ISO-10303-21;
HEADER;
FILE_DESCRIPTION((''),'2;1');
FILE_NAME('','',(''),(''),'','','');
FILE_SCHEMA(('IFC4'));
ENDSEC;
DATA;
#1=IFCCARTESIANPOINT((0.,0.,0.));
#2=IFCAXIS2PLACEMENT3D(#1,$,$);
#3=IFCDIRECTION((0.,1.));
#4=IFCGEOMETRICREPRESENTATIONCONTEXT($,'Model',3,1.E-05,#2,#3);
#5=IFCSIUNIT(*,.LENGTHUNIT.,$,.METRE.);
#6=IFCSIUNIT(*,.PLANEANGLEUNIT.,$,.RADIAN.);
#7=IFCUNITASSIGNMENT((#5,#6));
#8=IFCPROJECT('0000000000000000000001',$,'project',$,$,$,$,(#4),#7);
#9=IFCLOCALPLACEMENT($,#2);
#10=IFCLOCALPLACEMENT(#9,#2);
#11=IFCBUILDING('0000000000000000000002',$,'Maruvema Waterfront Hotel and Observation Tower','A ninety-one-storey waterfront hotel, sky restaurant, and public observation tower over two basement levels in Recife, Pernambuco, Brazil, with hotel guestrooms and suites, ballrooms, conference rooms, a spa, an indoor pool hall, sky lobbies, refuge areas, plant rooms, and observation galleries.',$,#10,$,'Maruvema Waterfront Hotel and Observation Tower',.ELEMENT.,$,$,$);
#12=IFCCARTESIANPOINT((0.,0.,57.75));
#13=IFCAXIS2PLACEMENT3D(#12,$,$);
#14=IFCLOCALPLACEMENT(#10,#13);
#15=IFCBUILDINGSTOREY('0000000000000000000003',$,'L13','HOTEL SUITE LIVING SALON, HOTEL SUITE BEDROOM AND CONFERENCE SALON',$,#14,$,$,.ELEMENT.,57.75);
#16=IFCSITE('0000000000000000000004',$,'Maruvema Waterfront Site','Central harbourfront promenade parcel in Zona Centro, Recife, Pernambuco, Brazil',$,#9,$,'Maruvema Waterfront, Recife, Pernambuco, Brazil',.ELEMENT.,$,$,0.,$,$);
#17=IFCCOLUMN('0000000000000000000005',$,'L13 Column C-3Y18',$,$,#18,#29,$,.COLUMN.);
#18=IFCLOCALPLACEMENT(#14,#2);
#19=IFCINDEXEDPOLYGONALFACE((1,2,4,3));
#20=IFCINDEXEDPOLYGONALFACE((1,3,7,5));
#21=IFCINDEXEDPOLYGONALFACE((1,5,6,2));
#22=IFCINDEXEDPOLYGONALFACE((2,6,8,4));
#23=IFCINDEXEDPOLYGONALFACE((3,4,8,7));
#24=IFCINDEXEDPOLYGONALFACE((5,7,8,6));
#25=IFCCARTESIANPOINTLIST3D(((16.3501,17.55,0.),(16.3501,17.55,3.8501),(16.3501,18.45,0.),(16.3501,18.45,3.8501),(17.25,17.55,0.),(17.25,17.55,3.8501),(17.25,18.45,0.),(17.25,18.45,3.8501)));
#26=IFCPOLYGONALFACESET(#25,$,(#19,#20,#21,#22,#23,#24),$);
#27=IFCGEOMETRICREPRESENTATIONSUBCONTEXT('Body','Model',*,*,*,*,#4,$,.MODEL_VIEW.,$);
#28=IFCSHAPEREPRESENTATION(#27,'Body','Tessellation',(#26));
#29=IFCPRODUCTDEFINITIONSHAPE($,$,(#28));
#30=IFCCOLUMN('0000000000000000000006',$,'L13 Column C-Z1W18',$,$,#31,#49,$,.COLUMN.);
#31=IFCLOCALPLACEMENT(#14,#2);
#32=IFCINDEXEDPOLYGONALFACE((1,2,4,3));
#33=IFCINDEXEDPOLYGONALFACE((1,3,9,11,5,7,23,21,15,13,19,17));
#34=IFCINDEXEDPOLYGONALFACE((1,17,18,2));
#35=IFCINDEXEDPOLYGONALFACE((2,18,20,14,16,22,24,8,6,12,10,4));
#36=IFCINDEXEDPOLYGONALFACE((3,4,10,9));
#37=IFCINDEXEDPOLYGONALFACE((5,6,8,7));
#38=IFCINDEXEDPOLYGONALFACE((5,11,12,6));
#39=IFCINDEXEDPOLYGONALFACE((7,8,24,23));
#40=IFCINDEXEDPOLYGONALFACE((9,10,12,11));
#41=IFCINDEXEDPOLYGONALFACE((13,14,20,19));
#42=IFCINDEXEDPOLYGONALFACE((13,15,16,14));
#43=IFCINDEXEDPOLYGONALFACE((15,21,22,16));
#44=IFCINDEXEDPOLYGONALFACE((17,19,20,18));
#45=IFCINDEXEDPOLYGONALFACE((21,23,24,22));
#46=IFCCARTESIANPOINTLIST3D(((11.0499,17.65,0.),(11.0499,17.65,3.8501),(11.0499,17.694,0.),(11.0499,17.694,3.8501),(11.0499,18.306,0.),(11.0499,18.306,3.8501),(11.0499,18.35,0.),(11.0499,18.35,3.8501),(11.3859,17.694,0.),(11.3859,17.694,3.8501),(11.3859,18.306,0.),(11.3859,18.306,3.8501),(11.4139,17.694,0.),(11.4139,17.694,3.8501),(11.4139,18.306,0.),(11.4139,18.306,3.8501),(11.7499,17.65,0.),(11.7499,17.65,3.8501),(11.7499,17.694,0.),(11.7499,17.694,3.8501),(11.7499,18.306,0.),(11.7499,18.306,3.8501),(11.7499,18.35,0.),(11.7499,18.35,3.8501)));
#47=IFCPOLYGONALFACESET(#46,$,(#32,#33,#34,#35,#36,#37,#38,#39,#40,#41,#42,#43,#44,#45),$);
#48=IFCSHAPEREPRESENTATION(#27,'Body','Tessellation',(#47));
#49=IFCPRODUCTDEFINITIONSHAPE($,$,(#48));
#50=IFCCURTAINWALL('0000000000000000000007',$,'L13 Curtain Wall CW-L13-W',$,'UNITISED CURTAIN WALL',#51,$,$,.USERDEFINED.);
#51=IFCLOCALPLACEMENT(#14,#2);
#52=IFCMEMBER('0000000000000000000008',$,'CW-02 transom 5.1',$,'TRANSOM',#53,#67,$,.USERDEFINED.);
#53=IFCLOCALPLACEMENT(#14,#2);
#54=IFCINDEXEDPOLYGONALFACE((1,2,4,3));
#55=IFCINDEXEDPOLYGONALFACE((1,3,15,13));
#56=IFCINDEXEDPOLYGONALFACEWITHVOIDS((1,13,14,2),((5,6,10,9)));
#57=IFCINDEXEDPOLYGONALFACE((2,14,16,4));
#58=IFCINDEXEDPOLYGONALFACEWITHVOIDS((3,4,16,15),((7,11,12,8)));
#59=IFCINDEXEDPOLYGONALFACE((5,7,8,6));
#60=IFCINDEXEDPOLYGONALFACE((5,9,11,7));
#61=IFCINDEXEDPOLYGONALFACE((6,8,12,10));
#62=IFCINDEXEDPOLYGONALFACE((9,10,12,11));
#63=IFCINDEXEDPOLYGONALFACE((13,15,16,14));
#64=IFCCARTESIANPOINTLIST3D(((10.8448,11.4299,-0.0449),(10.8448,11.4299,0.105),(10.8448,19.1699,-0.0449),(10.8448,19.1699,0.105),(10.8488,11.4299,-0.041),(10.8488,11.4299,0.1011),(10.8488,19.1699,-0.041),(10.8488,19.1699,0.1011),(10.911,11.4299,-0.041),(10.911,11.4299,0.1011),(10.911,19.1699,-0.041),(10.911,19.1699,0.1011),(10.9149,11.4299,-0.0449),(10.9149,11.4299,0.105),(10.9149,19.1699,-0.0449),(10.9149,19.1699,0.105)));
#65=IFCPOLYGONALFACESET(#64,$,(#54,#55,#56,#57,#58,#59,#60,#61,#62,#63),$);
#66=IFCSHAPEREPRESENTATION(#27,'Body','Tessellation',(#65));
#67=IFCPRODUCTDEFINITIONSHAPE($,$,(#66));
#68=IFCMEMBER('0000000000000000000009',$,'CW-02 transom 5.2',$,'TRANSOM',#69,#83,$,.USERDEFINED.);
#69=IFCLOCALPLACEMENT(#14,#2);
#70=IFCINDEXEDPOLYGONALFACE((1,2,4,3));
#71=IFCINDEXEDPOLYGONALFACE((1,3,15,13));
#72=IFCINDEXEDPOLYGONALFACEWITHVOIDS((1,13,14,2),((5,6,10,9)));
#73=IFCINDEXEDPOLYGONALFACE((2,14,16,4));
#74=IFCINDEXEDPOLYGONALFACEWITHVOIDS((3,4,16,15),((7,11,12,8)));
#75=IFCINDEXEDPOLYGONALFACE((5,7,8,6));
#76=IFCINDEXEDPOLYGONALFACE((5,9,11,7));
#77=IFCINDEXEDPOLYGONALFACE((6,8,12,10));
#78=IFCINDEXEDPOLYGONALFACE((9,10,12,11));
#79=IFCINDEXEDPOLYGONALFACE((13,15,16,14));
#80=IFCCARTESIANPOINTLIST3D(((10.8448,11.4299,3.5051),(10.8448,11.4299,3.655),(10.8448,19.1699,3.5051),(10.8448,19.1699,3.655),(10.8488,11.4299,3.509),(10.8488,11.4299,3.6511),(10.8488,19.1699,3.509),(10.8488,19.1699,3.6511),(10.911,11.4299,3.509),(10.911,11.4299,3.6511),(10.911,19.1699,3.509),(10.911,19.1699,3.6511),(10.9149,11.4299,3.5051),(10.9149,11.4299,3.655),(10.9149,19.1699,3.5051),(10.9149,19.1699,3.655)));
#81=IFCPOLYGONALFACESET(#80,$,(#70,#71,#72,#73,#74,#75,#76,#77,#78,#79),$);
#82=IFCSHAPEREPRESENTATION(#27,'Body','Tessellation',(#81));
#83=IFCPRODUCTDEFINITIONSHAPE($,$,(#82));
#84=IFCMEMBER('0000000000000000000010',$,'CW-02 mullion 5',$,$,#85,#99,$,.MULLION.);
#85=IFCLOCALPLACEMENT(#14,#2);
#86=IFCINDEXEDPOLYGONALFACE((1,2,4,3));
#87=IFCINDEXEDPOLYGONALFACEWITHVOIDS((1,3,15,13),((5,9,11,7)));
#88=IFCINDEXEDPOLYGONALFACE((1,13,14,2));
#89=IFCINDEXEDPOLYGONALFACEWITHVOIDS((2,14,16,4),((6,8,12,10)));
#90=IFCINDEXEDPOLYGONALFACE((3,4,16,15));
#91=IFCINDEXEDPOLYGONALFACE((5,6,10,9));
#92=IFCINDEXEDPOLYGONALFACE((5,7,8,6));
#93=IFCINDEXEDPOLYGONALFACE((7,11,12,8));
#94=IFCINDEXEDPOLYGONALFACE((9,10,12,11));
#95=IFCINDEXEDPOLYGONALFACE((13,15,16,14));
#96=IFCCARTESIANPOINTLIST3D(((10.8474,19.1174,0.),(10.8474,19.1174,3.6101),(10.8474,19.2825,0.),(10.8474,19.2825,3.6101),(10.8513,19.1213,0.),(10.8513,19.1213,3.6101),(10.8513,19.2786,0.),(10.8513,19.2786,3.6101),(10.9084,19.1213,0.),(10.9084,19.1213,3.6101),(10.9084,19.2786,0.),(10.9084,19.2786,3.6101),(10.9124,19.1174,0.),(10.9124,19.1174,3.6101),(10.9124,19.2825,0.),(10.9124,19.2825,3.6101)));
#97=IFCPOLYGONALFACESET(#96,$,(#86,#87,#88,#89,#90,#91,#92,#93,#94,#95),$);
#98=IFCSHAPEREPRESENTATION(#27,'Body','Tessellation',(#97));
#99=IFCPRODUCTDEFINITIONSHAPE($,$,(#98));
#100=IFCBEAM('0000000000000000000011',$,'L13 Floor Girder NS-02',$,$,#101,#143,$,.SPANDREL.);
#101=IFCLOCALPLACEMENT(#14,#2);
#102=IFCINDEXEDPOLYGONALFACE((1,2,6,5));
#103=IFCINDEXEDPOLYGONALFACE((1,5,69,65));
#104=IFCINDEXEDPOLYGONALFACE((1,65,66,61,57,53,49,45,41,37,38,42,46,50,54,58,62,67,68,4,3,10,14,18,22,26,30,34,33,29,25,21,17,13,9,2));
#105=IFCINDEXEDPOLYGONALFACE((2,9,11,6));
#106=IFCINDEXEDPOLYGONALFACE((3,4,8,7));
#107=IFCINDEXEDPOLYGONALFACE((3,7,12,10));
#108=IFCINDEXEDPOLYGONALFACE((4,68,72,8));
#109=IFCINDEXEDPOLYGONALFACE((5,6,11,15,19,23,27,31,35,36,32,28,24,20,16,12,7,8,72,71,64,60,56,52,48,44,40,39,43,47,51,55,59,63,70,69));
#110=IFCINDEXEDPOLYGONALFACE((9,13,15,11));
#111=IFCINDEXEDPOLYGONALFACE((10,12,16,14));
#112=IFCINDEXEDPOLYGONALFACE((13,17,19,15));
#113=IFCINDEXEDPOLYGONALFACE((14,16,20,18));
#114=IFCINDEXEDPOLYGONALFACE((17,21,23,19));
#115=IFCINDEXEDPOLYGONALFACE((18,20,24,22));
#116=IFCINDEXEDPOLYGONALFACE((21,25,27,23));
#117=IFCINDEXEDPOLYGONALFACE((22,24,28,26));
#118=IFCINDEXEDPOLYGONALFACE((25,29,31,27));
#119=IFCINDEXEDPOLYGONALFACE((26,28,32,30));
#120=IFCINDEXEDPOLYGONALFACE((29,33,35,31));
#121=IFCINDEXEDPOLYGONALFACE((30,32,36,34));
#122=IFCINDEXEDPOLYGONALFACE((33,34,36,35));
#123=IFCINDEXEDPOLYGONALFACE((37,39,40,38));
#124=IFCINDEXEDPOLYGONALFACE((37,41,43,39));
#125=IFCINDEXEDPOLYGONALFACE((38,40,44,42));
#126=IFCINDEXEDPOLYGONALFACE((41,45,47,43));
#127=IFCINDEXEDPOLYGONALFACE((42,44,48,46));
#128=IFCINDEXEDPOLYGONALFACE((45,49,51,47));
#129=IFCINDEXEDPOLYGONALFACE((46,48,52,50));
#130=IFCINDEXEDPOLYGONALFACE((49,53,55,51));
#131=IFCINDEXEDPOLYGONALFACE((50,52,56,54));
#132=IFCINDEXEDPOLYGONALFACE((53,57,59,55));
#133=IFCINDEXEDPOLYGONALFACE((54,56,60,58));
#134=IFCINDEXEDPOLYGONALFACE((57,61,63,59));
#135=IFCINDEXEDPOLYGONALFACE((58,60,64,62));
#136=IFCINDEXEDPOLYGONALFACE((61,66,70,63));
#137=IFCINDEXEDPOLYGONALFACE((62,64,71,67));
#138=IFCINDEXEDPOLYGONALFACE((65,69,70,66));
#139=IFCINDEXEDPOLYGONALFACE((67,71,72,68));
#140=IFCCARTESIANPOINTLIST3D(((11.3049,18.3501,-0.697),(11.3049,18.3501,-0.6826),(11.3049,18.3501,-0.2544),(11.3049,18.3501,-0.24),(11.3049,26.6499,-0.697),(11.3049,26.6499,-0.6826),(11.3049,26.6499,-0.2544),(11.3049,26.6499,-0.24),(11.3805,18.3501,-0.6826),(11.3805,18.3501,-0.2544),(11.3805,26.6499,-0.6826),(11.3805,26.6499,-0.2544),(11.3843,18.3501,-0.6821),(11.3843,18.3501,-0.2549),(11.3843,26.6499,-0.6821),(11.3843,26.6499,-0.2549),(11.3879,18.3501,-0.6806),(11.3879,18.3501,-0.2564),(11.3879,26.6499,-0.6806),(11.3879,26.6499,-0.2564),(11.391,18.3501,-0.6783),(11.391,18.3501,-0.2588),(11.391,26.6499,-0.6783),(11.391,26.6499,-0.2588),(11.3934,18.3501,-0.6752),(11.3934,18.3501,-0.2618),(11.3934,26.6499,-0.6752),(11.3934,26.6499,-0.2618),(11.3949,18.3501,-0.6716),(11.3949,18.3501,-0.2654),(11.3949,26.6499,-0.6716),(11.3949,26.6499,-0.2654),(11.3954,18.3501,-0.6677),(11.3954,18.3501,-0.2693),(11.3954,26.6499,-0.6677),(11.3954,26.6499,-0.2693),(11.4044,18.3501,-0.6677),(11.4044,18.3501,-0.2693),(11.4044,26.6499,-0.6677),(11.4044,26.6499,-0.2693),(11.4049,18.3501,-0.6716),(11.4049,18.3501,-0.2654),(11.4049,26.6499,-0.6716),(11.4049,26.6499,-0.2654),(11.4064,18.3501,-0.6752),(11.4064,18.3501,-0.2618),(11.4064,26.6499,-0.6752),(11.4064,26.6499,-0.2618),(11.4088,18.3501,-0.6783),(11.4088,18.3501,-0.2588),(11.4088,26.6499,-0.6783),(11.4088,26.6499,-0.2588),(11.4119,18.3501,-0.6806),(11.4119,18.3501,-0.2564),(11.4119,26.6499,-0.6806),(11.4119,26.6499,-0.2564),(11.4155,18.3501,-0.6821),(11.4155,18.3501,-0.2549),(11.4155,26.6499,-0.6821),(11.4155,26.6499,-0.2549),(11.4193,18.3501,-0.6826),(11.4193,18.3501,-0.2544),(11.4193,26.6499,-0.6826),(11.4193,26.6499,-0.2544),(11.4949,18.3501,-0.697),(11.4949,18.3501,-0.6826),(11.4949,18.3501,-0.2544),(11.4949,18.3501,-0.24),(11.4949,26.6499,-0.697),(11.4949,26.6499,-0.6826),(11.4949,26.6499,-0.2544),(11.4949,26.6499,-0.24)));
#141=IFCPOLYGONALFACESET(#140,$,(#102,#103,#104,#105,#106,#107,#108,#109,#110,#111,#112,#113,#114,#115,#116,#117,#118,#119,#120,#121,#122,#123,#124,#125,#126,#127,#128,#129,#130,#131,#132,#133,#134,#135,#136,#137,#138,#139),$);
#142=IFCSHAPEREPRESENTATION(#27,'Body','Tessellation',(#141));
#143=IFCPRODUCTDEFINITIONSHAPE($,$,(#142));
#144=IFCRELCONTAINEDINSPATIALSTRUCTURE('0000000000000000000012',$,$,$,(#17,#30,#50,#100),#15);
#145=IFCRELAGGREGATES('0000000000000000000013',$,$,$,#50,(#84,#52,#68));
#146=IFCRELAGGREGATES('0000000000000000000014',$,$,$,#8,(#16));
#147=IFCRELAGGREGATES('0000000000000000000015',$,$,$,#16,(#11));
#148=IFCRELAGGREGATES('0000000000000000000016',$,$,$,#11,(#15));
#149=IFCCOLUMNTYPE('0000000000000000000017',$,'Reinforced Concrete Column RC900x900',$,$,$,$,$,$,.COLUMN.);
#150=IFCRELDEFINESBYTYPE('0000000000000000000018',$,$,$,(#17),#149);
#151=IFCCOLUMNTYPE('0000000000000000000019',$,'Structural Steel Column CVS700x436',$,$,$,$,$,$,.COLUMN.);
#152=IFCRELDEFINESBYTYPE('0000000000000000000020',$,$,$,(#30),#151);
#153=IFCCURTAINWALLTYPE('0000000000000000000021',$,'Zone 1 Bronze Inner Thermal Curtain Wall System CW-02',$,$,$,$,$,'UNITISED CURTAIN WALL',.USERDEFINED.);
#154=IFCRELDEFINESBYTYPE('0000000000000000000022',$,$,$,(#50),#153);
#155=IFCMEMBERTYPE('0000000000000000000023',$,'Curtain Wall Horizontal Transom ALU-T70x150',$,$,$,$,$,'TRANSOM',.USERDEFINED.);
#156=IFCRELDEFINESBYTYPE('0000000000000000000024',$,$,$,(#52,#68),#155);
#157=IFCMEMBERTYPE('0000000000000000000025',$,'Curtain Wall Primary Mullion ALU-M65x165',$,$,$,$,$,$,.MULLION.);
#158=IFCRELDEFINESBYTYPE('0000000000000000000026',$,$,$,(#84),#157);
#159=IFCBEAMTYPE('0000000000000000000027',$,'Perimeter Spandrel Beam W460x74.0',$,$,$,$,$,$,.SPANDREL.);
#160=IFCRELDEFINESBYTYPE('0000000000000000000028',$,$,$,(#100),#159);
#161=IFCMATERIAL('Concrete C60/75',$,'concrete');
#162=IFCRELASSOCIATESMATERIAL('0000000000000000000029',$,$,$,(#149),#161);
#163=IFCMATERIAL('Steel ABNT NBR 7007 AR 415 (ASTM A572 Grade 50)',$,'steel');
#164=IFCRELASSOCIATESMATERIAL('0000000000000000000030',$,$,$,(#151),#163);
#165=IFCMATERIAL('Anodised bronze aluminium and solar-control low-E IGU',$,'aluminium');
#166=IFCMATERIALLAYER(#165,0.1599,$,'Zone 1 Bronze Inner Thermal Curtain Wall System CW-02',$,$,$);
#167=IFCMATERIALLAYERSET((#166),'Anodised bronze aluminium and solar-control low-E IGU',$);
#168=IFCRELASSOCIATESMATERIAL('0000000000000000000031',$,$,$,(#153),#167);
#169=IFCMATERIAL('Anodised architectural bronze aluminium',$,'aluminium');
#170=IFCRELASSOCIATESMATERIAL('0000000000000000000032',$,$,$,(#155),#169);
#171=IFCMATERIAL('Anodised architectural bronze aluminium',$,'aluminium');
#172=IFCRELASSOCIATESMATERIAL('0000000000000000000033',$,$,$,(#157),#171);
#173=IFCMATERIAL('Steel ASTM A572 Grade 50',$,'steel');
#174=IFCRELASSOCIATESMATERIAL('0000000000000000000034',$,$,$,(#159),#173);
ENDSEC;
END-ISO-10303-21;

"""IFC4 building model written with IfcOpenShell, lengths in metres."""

from ifc_helpers import new_model, si_unit, direction, frame, origin, origin_2d, place, context, subcontext, project, spatial, rectangle, hollow_rectangle, i_section, extrude, material, layer, layer_set, material_profile, profile_set, type_object, element, aggregate, save


model = new_model("IFC4")

# Units and contexts
model_context = context("Model", 3, precision=1e-05, world=origin(), true_north=direction((0.0, 1.0)))
body_context = subcontext(model_context, "Body", "Model", "MODEL_VIEW")
ifc_project = project(units=[si_unit("LENGTHUNIT", "METRE"), si_unit("PLANEANGLEUNIT", "RADIAN")], contexts=[model_context])

# Site, building, storey
site_placement = place(None, origin())
site = spatial("IfcSite", under=ifc_project, at=site_placement, Name="Maruvema Waterfront Site", Description="Central harbourfront promenade parcel in Zona Centro, Recife, Pernambuco, Brazil", LongName="Maruvema Waterfront, Recife, Pernambuco, Brazil", CompositionType="ELEMENT", RefElevation=0.0)
building_placement = place(site_placement, origin())
building = spatial("IfcBuilding", under=site, at=building_placement, Name="Maruvema Waterfront Hotel and Observation Tower", Description="A ninety-one-storey waterfront hotel, sky restaurant, and public observation tower over two basement levels in Recife, Pernambuco, Brazil, with hotel guestrooms and suites, ballrooms, conference rooms, a spa, an indoor pool hall, sky lobbies, refuge areas, plant rooms, and observation galleries.", LongName="Maruvema Waterfront Hotel and Observation Tower", CompositionType="ELEMENT")
storey_placement = place(building_placement, frame((0.0, 0.0, 57.75)))
storey = spatial("IfcBuildingStorey", under=building, at=storey_placement, Name="L13", Description="HOTEL SUITE LIVING SALON, HOTEL SUITE BEDROOM AND CONFERENCE SALON", CompositionType="ELEMENT", Elevation=57.75)

# Columns
ifc_material_1 = material(Name="Concrete C60/75", Category="concrete")
ifc_material_profile_1 = material_profile(ifc_material_1, rectangle(XDim=0.8999, YDim=0.8999, at=origin_2d()), Name="RC900x900")
ifc_profile_set_1 = profile_set([ifc_material_profile_1], Name="Concrete C60/75")
column_type_1 = type_object("IfcColumnType", Name="Reinforced Concrete Column RC900x900", PredefinedType="COLUMN", material=ifc_profile_set_1)
column_1_placement = place(storey_placement, frame((16.8, 18.0, 0.0), z_axis=(0.0, 0.0, 1.0), x_axis=(1.0, 0.0, 0.0)))
element("IfcColumn", 1, at=column_1_placement, inside=storey, type_object=column_type_1, Name="L13 Column C-3Y18", PredefinedType="COLUMN", context=body_context, shape_type="SweptSolid", body=[
    extrude(rectangle(XDim=0.8999, YDim=0.8999, at=origin_2d()), origin(), (0.0, 0.0, 1.0), 3.8501),
])
ifc_material_2 = material(Name="Steel ABNT NBR 7007 AR 415 (ASTM A572 Grade 50)", Category="steel")
ifc_material_profile_2 = material_profile(ifc_material_2, i_section(OverallWidth=0.7, OverallDepth=0.7, WebThickness=0.0281, FlangeThickness=0.0439, at=origin_2d()), Name="CVS700x436")
ifc_profile_set_2 = profile_set([ifc_material_profile_2], Name="Steel ABNT NBR 7007 AR 415 (ASTM A572 Grade 50)")
column_type_2 = type_object("IfcColumnType", Name="Structural Steel Column CVS700x436", PredefinedType="COLUMN", material=ifc_profile_set_2)
column_2_placement = place(storey_placement, frame((11.3999, 18.0, 0.0), z_axis=(0.0, 0.0, 1.0), x_axis=(1.0, 0.0, 0.0)))
element("IfcColumn", 2, at=column_2_placement, inside=storey, type_object=column_type_2, Name="L13 Column C-Z1W18", PredefinedType="COLUMN", context=body_context, shape_type="SweptSolid", body=[
    extrude(i_section(OverallWidth=0.7, OverallDepth=0.7, WebThickness=0.0281, FlangeThickness=0.0439, at=origin_2d()), origin(), (0.0, 0.0, 1.0), 3.8501),
])

# Curtain wall, members
ifc_material_3 = material(Name="Anodised bronze aluminium and solar-control low-E IGU", Category="aluminium")
ifc_layer_1 = layer(ifc_material_3, 0.1599, Name="Zone 1 Bronze Inner Thermal Curtain Wall System CW-02")
ifc_layer_set_1 = layer_set([ifc_layer_1], Name="Anodised bronze aluminium and solar-control low-E IGU")
curtain_wall_type = type_object("IfcCurtainWallType", Name="Zone 1 Bronze Inner Thermal Curtain Wall System CW-02", ElementType="UNITISED CURTAIN WALL", PredefinedType="USERDEFINED", material=ifc_layer_set_1)
curtain_wall_placement = place(storey_placement, origin())
curtain_wall = element("IfcCurtainWall", 3, at=curtain_wall_placement, inside=storey, type_object=curtain_wall_type, Name="L13 Curtain Wall CW-L13-W", ObjectType="UNITISED CURTAIN WALL", PredefinedType="USERDEFINED")
ifc_material_4 = material(Name="Anodised architectural bronze aluminium", Category="aluminium")
ifc_material_profile_3 = material_profile(ifc_material_4, hollow_rectangle(XDim=0.0701, YDim=0.1499, WallThickness=0.0039, at=origin_2d()), Name="ALU-T70x150")
ifc_profile_set_3 = profile_set([ifc_material_profile_3], Name="Anodised architectural bronze aluminium")
member_type_1 = type_object("IfcMemberType", Name="Curtain Wall Horizontal Transom ALU-T70x150", ElementType="TRANSOM", PredefinedType="USERDEFINED", material=ifc_profile_set_3)
member_1_placement = place(storey_placement, frame((10.8799, 19.1699, 0.03), z_axis=(0.0, -1.0, 0.0), x_axis=(1.0, 0.0, 0.0)))
member_1 = element("IfcMember", 4, at=member_1_placement, type_object=member_type_1, Name="CW-02 transom 5.1", ObjectType="TRANSOM", PredefinedType="USERDEFINED", context=body_context, shape_type="SweptSolid", body=[
    extrude(hollow_rectangle(XDim=0.0701, YDim=0.1499, WallThickness=0.0039, at=origin_2d()), origin(), (0.0, 0.0, 1.0), 7.74),
])
member_2_placement = place(storey_placement, frame((10.8799, 19.1699, 3.5801), z_axis=(0.0, -1.0, 0.0), x_axis=(1.0, 0.0, 0.0)))
member_2 = element("IfcMember", 5, at=member_2_placement, type_object=member_type_1, Name="CW-02 transom 5.2", ObjectType="TRANSOM", PredefinedType="USERDEFINED", context=body_context, shape_type="SweptSolid", body=[
    extrude(hollow_rectangle(XDim=0.0701, YDim=0.1499, WallThickness=0.0039, at=origin_2d()), origin(), (0.0, 0.0, 1.0), 7.74),
])
ifc_material_5 = material(Name="Anodised architectural bronze aluminium", Category="aluminium")
ifc_material_profile_4 = material_profile(ifc_material_5, hollow_rectangle(XDim=0.0649, YDim=0.165, WallThickness=0.0039, at=origin_2d()), Name="ALU-M65x165")
ifc_profile_set_4 = profile_set([ifc_material_profile_4], Name="Anodised architectural bronze aluminium")
member_type_2 = type_object("IfcMemberType", Name="Curtain Wall Primary Mullion ALU-M65x165", PredefinedType="MULLION", material=ifc_profile_set_4)
member_3_placement = place(storey_placement, frame((10.8799, 19.2, 0.0), z_axis=(0.0, 0.0, 1.0), x_axis=(1.0, 0.0, 0.0)))
member_3 = element("IfcMember", 6, at=member_3_placement, type_object=member_type_2, Name="CW-02 mullion 5", PredefinedType="MULLION", context=body_context, shape_type="SweptSolid", body=[
    extrude(hollow_rectangle(XDim=0.0649, YDim=0.165, WallThickness=0.0039, at=origin_2d()), origin(), (0.0, 0.0, 1.0), 3.6101),
])
aggregate(curtain_wall, [member_3, member_1, member_2])

# Beam
ifc_material_6 = material(Name="Steel ASTM A572 Grade 50", Category="steel")
ifc_material_profile_5 = material_profile(ifc_material_6, i_section(OverallWidth=0.1899, OverallDepth=0.457, WebThickness=0.009, FlangeThickness=0.0144, FilletRadius=0.0149, at=origin_2d()), Name="W460x74.0")
ifc_profile_set_5 = profile_set([ifc_material_profile_5], Name="Steel ASTM A572 Grade 50")
beam_type_1 = type_object("IfcBeamType", Name="Perimeter Spandrel Beam W460x74.0", PredefinedType="SPANDREL", material=ifc_profile_set_5)
beam_1_placement = place(storey_placement, frame((11.3999, 18.3501, -0.4685), z_axis=(0.0, 1.0, 0.0), x_axis=(-1.0, 0.0, 0.0)))
element("IfcBeam", 7, at=beam_1_placement, inside=storey, type_object=beam_type_1, Name="L13 Floor Girder NS-02", PredefinedType="SPANDREL", context=body_context, shape_type="SweptSolid", body=[
    extrude(i_section(OverallWidth=0.1899, OverallDepth=0.457, WebThickness=0.009, FlangeThickness=0.0144, FilletRadius=0.0149, at=origin_2d()), origin(), (0.0, 0.0, 1.0), 8.2998),
])

save(model, "model.ifc")
